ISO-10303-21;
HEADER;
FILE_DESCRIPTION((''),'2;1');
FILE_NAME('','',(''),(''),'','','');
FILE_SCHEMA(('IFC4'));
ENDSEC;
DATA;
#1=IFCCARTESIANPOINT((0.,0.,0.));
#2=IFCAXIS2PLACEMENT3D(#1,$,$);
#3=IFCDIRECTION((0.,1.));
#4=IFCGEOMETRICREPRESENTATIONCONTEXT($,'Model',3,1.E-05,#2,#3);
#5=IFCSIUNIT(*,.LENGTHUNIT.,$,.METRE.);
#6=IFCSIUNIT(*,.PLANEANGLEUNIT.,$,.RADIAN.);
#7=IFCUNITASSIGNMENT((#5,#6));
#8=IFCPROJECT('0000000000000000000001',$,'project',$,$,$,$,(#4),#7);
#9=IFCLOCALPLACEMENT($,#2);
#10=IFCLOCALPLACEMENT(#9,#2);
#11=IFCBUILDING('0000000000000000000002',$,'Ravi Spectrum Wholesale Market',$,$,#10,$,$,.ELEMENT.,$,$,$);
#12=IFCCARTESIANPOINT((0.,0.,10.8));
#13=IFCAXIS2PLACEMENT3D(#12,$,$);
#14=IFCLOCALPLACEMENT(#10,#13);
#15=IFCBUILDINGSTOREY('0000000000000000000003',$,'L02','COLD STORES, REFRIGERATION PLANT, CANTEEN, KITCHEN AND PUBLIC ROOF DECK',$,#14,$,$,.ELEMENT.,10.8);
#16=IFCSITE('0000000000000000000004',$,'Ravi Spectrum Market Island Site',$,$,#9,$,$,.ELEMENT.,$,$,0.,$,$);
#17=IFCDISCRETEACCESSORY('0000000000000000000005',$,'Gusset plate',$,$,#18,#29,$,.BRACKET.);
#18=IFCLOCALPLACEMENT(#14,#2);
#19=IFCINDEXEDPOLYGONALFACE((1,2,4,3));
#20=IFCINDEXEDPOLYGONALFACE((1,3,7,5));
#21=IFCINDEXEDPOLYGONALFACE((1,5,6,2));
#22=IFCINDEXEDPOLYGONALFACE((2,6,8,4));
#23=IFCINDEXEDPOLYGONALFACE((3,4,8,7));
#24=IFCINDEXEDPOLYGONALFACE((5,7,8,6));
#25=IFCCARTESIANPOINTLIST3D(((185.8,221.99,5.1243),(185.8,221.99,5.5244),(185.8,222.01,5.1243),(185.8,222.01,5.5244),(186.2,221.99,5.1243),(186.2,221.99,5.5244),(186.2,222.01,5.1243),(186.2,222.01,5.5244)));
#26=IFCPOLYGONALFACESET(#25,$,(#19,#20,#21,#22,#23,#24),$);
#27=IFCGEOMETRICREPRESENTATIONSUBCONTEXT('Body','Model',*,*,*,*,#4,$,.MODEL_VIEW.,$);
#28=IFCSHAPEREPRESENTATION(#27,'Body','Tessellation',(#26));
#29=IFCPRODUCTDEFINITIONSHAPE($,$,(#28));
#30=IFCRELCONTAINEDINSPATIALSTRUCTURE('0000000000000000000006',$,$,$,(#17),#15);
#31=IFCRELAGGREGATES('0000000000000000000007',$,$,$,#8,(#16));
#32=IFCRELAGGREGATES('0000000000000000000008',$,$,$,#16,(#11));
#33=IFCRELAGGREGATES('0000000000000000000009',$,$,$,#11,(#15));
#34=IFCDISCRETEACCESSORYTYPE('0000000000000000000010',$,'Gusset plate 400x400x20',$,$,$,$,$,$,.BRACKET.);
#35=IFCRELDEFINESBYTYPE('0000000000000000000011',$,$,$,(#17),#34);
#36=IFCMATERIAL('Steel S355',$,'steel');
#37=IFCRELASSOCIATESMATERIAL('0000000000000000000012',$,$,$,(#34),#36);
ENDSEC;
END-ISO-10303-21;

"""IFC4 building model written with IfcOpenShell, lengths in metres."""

from ifc_helpers import new_model, si_unit, direction, frame, origin, origin_2d, place, context, subcontext, project, spatial, rectangle, extrude, material, material_profile, profile_set, type_object, element, save


model = new_model("IFC4")

# Units and contexts
model_context = context("Model", 3, precision=1e-05, world=origin(), true_north=direction((0.0, 1.0)))
body_context = subcontext(model_context, "Body", "Model", "MODEL_VIEW")
ifc_project = project(units=[si_unit("LENGTHUNIT", "METRE"), si_unit("PLANEANGLEUNIT", "RADIAN")], contexts=[model_context])

# Site, building, storey
site_placement = place(None, origin())
site = spatial("IfcSite", under=ifc_project, at=site_placement, Name="Ravi Spectrum Market Island Site", CompositionType="ELEMENT", RefElevation=0.0)
building_placement = place(site_placement, origin())
building = spatial("IfcBuilding", under=site, at=building_placement, Name="Ravi Spectrum Wholesale Market", CompositionType="ELEMENT")
storey_placement = place(building_placement, frame((0.0, 0.0, 10.8)))
storey = spatial("IfcBuildingStorey", under=building, at=storey_placement, Name="L02", Description="COLD STORES, REFRIGERATION PLANT, CANTEEN, KITCHEN AND PUBLIC ROOF DECK", CompositionType="ELEMENT", Elevation=10.8)

# Discrete accessory
ifc_material_1 = material(Name="Steel S355", Category="steel")
ifc_material_profile_1 = material_profile(ifc_material_1, rectangle(XDim=0.3999, YDim=0.02, at=origin_2d()))
ifc_profile_set_1 = profile_set([ifc_material_profile_1], Name="Steel S355")
discrete_accessory_type_1 = type_object("IfcDiscreteAccessoryType", Name="Gusset plate 400x400x20", PredefinedType="BRACKET", material=ifc_profile_set_1)
discrete_accessory_1_placement = place(storey_placement, frame((186.0, 222.0, 5.1243), z_axis=(0.0, 0.0, 1.0), x_axis=(-1.0, 0.0, 0.0)))
element("IfcDiscreteAccessory", 1, at=discrete_accessory_1_placement, inside=storey, type_object=discrete_accessory_type_1, Name="Gusset plate", PredefinedType="BRACKET", context=body_context, shape_type="SweptSolid", body=[
    extrude(rectangle(XDim=0.3999, YDim=0.02, at=origin_2d()), origin(), (0.0, 0.0, 1.0), 0.4001),
])

save(model, "model.ifc")
